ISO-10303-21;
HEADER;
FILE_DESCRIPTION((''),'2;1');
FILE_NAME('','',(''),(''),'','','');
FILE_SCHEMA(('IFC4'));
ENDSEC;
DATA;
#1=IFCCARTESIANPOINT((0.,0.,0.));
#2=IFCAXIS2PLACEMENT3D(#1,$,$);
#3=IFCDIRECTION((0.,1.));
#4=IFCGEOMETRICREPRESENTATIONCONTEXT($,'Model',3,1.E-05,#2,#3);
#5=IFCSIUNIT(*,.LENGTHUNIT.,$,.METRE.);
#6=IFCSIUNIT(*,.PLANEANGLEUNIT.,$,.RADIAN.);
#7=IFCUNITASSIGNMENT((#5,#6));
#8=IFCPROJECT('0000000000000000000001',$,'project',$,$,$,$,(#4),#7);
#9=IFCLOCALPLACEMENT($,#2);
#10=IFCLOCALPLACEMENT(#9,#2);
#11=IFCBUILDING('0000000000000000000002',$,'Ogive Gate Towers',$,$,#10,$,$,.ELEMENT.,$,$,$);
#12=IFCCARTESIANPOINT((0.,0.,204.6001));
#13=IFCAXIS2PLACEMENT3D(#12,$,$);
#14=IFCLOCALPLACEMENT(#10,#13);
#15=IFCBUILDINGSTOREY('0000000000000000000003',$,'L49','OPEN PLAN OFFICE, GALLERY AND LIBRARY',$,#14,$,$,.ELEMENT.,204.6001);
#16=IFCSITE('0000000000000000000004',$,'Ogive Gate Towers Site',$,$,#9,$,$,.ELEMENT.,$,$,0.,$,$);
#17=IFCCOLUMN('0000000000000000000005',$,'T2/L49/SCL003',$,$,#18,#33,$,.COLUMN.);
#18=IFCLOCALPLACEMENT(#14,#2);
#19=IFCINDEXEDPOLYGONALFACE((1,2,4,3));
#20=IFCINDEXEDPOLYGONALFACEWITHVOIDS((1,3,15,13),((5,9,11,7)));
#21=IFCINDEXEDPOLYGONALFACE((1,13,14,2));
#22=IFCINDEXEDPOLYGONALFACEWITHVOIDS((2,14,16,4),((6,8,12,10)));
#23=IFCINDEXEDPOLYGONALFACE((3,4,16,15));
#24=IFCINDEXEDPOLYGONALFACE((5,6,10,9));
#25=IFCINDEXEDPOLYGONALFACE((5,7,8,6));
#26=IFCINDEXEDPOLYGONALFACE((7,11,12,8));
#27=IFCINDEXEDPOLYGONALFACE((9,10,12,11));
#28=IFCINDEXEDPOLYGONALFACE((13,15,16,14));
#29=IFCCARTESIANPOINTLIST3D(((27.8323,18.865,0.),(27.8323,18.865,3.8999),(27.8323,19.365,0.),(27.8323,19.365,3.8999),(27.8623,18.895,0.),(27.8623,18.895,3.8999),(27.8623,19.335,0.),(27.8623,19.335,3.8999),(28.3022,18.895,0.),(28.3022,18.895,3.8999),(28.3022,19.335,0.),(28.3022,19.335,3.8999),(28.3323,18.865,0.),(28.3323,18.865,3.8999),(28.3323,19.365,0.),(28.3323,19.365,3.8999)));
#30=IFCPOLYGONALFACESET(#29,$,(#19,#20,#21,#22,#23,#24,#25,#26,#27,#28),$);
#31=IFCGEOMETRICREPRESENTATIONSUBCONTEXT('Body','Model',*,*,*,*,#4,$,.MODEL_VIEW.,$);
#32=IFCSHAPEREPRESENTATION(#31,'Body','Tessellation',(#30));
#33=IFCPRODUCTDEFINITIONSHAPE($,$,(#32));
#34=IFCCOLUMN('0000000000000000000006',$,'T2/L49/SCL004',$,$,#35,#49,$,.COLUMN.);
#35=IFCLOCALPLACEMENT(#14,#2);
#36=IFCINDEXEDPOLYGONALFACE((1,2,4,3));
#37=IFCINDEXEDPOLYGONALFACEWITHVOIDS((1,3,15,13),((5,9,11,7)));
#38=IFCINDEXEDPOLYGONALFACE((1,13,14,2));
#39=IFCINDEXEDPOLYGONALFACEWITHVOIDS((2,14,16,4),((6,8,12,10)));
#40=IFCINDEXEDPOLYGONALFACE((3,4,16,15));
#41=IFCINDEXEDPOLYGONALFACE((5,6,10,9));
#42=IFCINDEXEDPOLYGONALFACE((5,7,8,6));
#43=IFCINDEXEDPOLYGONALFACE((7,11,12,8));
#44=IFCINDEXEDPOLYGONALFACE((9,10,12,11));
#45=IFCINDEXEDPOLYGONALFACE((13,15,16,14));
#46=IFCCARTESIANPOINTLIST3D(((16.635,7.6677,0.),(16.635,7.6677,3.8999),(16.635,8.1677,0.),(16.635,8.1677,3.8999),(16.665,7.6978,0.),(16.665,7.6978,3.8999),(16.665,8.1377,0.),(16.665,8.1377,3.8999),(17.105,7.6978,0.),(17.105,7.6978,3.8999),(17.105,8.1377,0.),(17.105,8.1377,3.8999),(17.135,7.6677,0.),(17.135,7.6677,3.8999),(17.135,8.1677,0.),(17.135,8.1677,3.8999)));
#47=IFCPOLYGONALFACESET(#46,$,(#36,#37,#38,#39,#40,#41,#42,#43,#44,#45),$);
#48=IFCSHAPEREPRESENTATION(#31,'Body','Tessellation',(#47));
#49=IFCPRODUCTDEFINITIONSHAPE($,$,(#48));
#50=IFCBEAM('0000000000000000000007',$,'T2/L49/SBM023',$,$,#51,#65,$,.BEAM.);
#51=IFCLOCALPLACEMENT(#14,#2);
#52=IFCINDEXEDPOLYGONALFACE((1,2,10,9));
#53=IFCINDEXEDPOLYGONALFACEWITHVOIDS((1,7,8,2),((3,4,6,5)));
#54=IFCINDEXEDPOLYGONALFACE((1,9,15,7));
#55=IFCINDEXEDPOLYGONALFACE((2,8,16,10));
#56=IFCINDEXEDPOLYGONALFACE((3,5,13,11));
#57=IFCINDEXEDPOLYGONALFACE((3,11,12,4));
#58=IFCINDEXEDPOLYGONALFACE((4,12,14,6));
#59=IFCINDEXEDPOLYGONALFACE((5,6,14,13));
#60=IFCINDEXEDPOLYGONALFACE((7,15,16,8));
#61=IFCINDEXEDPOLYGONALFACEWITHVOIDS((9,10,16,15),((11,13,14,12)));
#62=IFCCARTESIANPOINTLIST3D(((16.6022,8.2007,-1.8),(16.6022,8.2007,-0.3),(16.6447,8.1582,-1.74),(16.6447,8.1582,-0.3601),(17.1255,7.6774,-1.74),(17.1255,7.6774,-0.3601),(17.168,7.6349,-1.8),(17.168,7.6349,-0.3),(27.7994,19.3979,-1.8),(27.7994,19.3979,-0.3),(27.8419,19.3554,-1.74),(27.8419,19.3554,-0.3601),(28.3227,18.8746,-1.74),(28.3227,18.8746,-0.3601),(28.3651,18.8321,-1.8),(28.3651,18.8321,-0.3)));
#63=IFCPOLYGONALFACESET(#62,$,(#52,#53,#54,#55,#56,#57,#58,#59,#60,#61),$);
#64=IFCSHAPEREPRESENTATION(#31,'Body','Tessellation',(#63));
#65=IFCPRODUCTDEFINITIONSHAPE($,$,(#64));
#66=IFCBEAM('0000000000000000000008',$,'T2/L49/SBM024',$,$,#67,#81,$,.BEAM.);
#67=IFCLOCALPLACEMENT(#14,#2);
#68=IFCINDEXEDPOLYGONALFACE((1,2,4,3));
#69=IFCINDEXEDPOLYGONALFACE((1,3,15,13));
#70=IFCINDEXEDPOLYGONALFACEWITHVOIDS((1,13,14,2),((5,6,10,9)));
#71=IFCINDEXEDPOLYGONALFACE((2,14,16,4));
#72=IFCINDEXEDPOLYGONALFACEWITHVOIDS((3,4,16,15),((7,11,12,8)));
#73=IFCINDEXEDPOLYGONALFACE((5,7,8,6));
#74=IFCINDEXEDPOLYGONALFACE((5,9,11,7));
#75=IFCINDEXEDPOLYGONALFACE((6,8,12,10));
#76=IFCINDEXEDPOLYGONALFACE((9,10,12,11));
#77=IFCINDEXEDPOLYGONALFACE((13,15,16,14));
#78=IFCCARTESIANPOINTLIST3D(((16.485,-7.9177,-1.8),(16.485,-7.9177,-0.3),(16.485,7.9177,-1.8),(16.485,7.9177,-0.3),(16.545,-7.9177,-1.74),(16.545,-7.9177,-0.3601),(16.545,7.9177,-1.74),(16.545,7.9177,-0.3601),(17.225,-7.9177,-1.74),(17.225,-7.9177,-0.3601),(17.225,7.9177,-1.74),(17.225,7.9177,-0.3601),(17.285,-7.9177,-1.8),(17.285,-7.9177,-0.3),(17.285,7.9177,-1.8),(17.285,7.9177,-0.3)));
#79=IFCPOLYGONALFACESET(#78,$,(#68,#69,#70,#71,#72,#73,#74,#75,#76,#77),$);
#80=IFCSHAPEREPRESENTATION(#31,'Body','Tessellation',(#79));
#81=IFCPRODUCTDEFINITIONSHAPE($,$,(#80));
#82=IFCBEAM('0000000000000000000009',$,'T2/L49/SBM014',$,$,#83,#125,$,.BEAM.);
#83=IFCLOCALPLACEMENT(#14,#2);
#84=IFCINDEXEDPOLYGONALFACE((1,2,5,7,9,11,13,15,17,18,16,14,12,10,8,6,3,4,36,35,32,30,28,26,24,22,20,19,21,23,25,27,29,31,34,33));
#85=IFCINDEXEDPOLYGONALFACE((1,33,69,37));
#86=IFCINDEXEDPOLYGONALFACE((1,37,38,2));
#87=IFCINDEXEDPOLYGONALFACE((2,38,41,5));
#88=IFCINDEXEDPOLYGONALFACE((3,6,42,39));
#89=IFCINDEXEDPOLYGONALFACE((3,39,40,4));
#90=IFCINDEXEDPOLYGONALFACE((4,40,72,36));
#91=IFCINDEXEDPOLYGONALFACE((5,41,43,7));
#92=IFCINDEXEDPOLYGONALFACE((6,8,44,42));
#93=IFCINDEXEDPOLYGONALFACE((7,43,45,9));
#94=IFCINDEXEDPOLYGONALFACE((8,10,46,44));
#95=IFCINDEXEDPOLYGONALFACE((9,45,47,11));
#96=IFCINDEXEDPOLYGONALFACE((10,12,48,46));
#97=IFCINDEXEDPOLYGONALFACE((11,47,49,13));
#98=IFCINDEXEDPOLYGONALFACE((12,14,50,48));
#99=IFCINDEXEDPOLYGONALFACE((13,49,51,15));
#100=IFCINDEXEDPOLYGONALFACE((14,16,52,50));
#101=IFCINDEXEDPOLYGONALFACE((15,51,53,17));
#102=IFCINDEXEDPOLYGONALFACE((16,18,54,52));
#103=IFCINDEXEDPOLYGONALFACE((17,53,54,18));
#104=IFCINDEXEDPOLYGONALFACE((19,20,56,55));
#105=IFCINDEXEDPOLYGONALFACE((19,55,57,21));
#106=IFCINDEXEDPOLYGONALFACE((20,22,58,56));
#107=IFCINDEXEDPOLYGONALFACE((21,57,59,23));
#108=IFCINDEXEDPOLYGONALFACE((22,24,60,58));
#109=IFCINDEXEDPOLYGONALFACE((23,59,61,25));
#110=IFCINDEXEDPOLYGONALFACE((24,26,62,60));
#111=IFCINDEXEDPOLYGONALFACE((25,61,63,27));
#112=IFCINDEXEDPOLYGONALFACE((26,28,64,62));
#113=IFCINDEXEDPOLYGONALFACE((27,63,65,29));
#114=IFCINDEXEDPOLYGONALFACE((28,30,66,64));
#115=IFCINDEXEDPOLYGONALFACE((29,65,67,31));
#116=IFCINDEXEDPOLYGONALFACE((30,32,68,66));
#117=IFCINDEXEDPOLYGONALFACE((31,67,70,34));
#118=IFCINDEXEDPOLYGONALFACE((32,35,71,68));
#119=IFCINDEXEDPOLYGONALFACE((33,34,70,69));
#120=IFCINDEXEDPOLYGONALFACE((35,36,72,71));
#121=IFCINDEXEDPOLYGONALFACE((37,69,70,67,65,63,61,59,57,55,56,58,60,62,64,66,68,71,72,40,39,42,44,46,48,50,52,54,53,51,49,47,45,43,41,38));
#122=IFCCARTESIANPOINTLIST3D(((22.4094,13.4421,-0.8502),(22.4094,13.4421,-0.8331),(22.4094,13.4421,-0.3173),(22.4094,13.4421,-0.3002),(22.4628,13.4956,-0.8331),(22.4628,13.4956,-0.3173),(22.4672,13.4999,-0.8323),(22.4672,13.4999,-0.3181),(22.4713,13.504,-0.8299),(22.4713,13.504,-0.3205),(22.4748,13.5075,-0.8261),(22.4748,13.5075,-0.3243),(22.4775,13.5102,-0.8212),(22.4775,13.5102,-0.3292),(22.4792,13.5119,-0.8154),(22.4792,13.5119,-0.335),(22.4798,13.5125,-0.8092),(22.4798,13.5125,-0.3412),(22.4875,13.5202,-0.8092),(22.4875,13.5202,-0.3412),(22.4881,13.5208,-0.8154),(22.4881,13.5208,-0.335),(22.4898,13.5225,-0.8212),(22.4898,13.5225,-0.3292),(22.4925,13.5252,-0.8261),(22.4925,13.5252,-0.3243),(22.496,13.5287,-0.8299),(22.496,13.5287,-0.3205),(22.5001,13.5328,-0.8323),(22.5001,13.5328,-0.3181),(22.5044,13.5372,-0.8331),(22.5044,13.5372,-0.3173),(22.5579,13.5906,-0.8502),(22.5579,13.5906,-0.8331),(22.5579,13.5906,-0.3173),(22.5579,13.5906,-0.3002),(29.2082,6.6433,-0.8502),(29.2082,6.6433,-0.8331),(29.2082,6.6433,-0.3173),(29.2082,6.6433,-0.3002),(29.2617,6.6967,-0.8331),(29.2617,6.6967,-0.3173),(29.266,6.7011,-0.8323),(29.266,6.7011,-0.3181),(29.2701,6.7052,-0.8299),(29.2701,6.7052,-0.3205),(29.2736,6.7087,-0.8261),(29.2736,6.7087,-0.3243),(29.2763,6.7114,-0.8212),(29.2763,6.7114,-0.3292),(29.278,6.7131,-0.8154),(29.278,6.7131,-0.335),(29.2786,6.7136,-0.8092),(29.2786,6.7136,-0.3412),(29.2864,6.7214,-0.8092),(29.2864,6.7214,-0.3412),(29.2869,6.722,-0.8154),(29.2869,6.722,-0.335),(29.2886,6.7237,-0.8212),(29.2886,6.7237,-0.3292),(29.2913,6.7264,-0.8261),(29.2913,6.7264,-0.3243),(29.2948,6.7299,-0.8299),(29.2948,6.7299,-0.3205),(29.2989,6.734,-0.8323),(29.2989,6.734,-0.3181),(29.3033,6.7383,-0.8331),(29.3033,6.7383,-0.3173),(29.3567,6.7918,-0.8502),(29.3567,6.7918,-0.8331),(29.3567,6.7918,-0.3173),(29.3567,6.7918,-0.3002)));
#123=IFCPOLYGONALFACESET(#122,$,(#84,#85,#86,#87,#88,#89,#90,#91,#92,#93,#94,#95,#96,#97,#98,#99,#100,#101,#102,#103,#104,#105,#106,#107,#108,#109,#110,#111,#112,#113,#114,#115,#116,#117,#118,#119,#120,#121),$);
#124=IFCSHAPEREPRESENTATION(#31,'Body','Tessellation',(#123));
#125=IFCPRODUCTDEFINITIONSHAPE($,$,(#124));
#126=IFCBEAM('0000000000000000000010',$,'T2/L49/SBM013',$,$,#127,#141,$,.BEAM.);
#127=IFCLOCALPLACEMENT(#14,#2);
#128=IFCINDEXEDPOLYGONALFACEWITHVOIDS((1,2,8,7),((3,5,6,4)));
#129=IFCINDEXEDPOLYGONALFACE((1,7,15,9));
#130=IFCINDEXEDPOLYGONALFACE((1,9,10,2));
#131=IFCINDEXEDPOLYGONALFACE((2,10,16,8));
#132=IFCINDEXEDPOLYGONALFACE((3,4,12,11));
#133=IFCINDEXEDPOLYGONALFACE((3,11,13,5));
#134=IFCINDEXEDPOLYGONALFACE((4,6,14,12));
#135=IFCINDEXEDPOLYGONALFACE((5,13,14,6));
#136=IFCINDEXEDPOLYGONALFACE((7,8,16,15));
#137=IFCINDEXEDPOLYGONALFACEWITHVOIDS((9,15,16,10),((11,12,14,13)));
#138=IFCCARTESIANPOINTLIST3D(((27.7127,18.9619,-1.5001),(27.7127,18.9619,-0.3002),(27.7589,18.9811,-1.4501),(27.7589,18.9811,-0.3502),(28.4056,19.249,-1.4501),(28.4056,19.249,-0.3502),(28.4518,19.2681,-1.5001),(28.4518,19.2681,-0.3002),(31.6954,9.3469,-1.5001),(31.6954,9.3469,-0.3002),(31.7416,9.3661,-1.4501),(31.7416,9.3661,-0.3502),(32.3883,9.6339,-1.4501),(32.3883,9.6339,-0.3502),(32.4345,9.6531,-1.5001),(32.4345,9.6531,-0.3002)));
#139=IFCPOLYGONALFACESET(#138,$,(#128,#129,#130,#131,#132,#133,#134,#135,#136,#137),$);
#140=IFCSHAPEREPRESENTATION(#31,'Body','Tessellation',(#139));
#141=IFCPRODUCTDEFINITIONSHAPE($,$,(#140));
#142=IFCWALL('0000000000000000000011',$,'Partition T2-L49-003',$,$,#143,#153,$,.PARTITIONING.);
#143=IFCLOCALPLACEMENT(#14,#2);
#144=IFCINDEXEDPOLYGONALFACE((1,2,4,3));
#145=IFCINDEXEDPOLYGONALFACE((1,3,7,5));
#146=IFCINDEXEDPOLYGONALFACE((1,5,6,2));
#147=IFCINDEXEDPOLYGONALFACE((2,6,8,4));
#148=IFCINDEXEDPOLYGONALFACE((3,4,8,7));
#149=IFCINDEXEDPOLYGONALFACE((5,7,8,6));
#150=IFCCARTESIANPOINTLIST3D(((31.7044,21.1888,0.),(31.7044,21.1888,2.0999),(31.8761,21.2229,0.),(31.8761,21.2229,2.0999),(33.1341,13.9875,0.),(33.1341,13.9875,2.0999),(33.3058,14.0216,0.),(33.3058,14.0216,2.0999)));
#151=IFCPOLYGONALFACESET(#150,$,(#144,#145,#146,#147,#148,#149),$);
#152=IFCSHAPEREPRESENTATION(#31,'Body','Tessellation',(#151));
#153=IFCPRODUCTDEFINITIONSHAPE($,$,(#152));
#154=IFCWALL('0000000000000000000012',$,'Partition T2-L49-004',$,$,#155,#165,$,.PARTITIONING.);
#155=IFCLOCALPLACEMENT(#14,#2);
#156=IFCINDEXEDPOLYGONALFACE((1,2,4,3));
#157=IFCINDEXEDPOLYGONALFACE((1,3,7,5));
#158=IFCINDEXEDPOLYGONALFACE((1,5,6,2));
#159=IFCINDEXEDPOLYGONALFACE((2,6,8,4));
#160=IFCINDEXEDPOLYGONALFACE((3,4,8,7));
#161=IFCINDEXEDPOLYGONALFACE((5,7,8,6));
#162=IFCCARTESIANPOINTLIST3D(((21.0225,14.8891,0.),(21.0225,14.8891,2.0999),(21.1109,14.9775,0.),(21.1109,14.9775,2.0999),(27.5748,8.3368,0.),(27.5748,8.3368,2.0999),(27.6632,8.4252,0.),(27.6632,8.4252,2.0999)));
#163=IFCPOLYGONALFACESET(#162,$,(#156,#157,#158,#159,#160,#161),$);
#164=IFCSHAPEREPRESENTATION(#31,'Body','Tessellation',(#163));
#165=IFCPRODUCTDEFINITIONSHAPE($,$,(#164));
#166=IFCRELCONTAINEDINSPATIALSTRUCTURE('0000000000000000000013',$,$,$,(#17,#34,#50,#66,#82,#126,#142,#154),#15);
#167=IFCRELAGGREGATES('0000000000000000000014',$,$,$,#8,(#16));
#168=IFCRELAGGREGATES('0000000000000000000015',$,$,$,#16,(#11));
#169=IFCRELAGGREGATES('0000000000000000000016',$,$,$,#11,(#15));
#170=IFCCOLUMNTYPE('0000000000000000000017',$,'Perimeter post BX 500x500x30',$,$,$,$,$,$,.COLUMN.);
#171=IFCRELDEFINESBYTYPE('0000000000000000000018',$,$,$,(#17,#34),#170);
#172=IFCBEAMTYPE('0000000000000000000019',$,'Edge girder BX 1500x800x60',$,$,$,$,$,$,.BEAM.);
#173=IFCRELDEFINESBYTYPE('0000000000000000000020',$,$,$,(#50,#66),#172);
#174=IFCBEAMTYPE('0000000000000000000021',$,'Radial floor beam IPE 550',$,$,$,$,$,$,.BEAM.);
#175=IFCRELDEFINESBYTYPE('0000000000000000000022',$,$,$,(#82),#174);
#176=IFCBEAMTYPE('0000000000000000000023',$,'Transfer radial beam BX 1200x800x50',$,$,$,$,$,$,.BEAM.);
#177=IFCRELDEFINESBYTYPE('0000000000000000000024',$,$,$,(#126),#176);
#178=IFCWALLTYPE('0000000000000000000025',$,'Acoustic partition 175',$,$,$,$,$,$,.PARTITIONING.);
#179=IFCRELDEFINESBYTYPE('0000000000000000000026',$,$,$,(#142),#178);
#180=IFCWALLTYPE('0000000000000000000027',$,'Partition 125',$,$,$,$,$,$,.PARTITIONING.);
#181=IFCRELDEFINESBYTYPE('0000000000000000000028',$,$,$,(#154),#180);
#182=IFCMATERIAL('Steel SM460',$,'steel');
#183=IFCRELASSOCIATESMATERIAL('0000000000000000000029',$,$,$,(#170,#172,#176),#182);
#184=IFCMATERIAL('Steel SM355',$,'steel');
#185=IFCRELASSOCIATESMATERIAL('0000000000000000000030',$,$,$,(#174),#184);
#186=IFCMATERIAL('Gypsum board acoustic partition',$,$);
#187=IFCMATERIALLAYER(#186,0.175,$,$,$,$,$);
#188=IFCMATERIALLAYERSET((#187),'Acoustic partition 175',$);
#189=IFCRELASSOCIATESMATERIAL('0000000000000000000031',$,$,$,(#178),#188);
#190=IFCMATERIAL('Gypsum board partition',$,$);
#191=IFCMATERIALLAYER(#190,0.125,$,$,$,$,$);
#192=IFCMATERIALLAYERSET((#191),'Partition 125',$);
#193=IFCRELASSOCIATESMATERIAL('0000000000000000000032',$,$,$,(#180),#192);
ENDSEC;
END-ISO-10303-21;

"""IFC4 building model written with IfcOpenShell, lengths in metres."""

from ifc_helpers import new_model, si_unit, direction, frame, frame_2d, origin, origin_2d, place, context, subcontext, project, spatial, rectangle, hollow_rectangle, i_section, extrude, material, layer, layer_set, material_profile, profile_set, type_object, element, save


model = new_model("IFC4")

# Units and contexts
model_context = context("Model", 3, precision=1e-05, world=origin(), true_north=direction((0.0, 1.0)))
body_context = subcontext(model_context, "Body", "Model", "MODEL_VIEW")
ifc_project = project(units=[si_unit("LENGTHUNIT", "METRE"), si_unit("PLANEANGLEUNIT", "RADIAN")], contexts=[model_context])

# Site, building, storey
site_placement = place(None, origin())
site = spatial("IfcSite", under=ifc_project, at=site_placement, Name="Ogive Gate Towers Site", CompositionType="ELEMENT", RefElevation=0.0)
building_placement = place(site_placement, origin())
building = spatial("IfcBuilding", under=site, at=building_placement, Name="Ogive Gate Towers", CompositionType="ELEMENT")
storey_placement = place(building_placement, frame((0.0, 0.0, 204.6001)))
storey = spatial("IfcBuildingStorey", under=building, at=storey_placement, Name="L49", Description="OPEN PLAN OFFICE, GALLERY AND LIBRARY", CompositionType="ELEMENT", Elevation=204.6001)

# Columns
ifc_material_1 = material(Name="Steel SM460", Category="steel")
ifc_material_profile_1 = material_profile(ifc_material_1, hollow_rectangle(XDim=0.5, YDim=0.5, WallThickness=0.03, at=origin_2d()), Name="BX 500x500x30")
ifc_profile_set_1 = profile_set([ifc_material_profile_1], Name="Steel SM460")
column_type = type_object("IfcColumnType", Name="Perimeter post BX 500x500x30", PredefinedType="COLUMN", material=ifc_profile_set_1)
for number, where, z_axis, x_axis, name in (
    (1, (28.0823, 19.115, 0.0), (0.0, 0.0, 1.0), (1.0, 0.0, 0.0), "T2/L49/SCL003"),
    (2, (16.885, 7.9177, 0.0), (0.0, 0.0, 1.0), (1.0, 0.0, 0.0), "T2/L49/SCL004"),
):
    element("IfcColumn", number, at=place(storey_placement, frame(where, z_axis=z_axis, x_axis=x_axis)), inside=storey, type_object=column_type, Name=name, PredefinedType="COLUMN", context=body_context, shape_type="SweptSolid", body=[
        extrude(hollow_rectangle(XDim=0.5, YDim=0.5, WallThickness=0.03, at=origin_2d()), origin(), (0.0, 0.0, 1.0), 3.8999),
    ])

# Beams
ifc_material_profile_2 = material_profile(ifc_material_1, hollow_rectangle(XDim=0.8, YDim=1.5, WallThickness=0.0601, at=origin_2d()), Name="BX 1500x800x60")
ifc_profile_set_2 = profile_set([ifc_material_profile_2], Name="Steel SM460")
beam_type_1 = type_object("IfcBeamType", Name="Edge girder BX 1500x800x60", PredefinedType="BEAM", material=ifc_profile_set_2)
beam_1_placement = place(storey_placement, frame((28.0823, 19.115, -1.05), z_axis=(-0.707107, -0.707107, 0.0), x_axis=(0.707107, -0.707107, 0.0)))
element("IfcBeam", 3, at=beam_1_placement, inside=storey, type_object=beam_type_1, Name="T2/L49/SBM023", PredefinedType="BEAM", context=body_context, shape_type="SweptSolid", body=[
    extrude(hollow_rectangle(XDim=0.8, YDim=1.5, WallThickness=0.0601, at=origin_2d()), origin(), (0.0, 0.0, 1.0), 15.8352),
])
beam_2_placement = place(storey_placement, frame((16.885, 7.9177, -1.05), z_axis=(0.0, -1.0, 0.0), x_axis=(1.0, 0.0, 0.0)))
element("IfcBeam", 4, at=beam_2_placement, inside=storey, type_object=beam_type_1, Name="T2/L49/SBM024", PredefinedType="BEAM", context=body_context, shape_type="SweptSolid", body=[
    extrude(hollow_rectangle(XDim=0.8, YDim=1.5, WallThickness=0.0601, at=origin_2d()), origin(), (0.0, 0.0, 1.0), 15.8354),
])
ifc_material_2 = material(Name="Steel SM355", Category="steel")
ifc_material_profile_3 = material_profile(ifc_material_2, i_section(OverallWidth=0.21, OverallDepth=0.55, WebThickness=0.011, FlangeThickness=0.0171, FilletRadius=0.0239, at=origin_2d()), Name="IPE 550")
ifc_profile_set_3 = profile_set([ifc_material_profile_3], Name="Steel SM355")
beam_type_2 = type_object("IfcBeamType", Name="Radial floor beam IPE 550", PredefinedType="BEAM", material=ifc_profile_set_3)
beam_3_placement = place(storey_placement, frame((29.2825, 6.7175, -0.5752), z_axis=(-0.707107, 0.707107, 0.0), x_axis=(-0.707107, -0.707107, 0.0)))
element("IfcBeam", 5, at=beam_3_placement, inside=storey, type_object=beam_type_2, Name="T2/L49/SBM014", PredefinedType="BEAM", context=body_context, shape_type="SweptSolid", body=[
    extrude(i_section(OverallWidth=0.21, OverallDepth=0.55, WebThickness=0.011, FlangeThickness=0.0171, FilletRadius=0.0239, at=origin_2d()), origin(), (0.0, 0.0, 1.0), 9.615),
])
ifc_material_profile_4 = material_profile(ifc_material_1, hollow_rectangle(XDim=0.8, YDim=1.2, WallThickness=0.05, at=origin_2d()), Name="BX 1200x800x50")
ifc_profile_set_4 = profile_set([ifc_material_profile_4], Name="Steel SM460")
beam_type_3 = type_object("IfcBeamType", Name="Transfer radial beam BX 1200x800x50", PredefinedType="BEAM", material=ifc_profile_set_4)
beam_4_placement = place(storey_placement, frame((32.0649, 9.5, -0.9001), z_axis=(-0.382684, 0.923879, 0.0), x_axis=(-0.923879, -0.382684, 0.0)))
element("IfcBeam", 6, at=beam_4_placement, inside=storey, type_object=beam_type_3, Name="T2/L49/SBM013", PredefinedType="BEAM", context=body_context, shape_type="SweptSolid", body=[
    extrude(hollow_rectangle(XDim=0.8, YDim=1.2, WallThickness=0.05, at=origin_2d()), origin(), (0.0, 0.0, 1.0), 10.4072),
])

# Walls
ifc_material_3 = material(Name="Gypsum board acoustic partition")
ifc_layer_1 = layer(ifc_material_3, 0.175)
ifc_layer_set_1 = layer_set([ifc_layer_1], Name="Acoustic partition 175")
wall_type_1 = type_object("IfcWallType", Name="Acoustic partition 175", PredefinedType="PARTITIONING", material=ifc_layer_set_1)
wall_1_placement = place(storey_placement, frame((31.7903, 21.2058, 0.0), z_axis=(0.0, 0.0, 1.0), x_axis=(0.194735, -0.980856, 0.0)))
element("IfcWall", 7, at=wall_1_placement, inside=storey, type_object=wall_type_1, Name="Partition T2-L49-003", PredefinedType="PARTITIONING", context=body_context, shape_type="SweptSolid", body=[
    extrude(rectangle(XDim=7.3418, YDim=0.175, at=frame_2d((3.6709, 0.0))), origin(), (0.0, 0.0, 1.0), 2.0999),
])
ifc_material_4 = material(Name="Gypsum board partition")
ifc_layer_2 = layer(ifc_material_4, 0.125)
ifc_layer_set_2 = layer_set([ifc_layer_2], Name="Partition 125")
wall_type_2 = type_object("IfcWallType", Name="Partition 125", PredefinedType="PARTITIONING", material=ifc_layer_set_2)
wall_2_placement = place(storey_placement, frame((21.0667, 14.9333, 0.0), z_axis=(0.0, 0.0, 1.0), x_axis=(0.707107, -0.707107, 0.0)))
element("IfcWall", 8, at=wall_2_placement, inside=storey, type_object=wall_type_2, Name="Partition T2-L49-004", PredefinedType="PARTITIONING", context=body_context, shape_type="SweptSolid", body=[
    extrude(rectangle(XDim=9.2664, YDim=0.125, at=frame_2d((4.6333, 0.0))), origin(), (0.0, 0.0, 1.0), 2.0999),
])

save(model, "model.ifc")
